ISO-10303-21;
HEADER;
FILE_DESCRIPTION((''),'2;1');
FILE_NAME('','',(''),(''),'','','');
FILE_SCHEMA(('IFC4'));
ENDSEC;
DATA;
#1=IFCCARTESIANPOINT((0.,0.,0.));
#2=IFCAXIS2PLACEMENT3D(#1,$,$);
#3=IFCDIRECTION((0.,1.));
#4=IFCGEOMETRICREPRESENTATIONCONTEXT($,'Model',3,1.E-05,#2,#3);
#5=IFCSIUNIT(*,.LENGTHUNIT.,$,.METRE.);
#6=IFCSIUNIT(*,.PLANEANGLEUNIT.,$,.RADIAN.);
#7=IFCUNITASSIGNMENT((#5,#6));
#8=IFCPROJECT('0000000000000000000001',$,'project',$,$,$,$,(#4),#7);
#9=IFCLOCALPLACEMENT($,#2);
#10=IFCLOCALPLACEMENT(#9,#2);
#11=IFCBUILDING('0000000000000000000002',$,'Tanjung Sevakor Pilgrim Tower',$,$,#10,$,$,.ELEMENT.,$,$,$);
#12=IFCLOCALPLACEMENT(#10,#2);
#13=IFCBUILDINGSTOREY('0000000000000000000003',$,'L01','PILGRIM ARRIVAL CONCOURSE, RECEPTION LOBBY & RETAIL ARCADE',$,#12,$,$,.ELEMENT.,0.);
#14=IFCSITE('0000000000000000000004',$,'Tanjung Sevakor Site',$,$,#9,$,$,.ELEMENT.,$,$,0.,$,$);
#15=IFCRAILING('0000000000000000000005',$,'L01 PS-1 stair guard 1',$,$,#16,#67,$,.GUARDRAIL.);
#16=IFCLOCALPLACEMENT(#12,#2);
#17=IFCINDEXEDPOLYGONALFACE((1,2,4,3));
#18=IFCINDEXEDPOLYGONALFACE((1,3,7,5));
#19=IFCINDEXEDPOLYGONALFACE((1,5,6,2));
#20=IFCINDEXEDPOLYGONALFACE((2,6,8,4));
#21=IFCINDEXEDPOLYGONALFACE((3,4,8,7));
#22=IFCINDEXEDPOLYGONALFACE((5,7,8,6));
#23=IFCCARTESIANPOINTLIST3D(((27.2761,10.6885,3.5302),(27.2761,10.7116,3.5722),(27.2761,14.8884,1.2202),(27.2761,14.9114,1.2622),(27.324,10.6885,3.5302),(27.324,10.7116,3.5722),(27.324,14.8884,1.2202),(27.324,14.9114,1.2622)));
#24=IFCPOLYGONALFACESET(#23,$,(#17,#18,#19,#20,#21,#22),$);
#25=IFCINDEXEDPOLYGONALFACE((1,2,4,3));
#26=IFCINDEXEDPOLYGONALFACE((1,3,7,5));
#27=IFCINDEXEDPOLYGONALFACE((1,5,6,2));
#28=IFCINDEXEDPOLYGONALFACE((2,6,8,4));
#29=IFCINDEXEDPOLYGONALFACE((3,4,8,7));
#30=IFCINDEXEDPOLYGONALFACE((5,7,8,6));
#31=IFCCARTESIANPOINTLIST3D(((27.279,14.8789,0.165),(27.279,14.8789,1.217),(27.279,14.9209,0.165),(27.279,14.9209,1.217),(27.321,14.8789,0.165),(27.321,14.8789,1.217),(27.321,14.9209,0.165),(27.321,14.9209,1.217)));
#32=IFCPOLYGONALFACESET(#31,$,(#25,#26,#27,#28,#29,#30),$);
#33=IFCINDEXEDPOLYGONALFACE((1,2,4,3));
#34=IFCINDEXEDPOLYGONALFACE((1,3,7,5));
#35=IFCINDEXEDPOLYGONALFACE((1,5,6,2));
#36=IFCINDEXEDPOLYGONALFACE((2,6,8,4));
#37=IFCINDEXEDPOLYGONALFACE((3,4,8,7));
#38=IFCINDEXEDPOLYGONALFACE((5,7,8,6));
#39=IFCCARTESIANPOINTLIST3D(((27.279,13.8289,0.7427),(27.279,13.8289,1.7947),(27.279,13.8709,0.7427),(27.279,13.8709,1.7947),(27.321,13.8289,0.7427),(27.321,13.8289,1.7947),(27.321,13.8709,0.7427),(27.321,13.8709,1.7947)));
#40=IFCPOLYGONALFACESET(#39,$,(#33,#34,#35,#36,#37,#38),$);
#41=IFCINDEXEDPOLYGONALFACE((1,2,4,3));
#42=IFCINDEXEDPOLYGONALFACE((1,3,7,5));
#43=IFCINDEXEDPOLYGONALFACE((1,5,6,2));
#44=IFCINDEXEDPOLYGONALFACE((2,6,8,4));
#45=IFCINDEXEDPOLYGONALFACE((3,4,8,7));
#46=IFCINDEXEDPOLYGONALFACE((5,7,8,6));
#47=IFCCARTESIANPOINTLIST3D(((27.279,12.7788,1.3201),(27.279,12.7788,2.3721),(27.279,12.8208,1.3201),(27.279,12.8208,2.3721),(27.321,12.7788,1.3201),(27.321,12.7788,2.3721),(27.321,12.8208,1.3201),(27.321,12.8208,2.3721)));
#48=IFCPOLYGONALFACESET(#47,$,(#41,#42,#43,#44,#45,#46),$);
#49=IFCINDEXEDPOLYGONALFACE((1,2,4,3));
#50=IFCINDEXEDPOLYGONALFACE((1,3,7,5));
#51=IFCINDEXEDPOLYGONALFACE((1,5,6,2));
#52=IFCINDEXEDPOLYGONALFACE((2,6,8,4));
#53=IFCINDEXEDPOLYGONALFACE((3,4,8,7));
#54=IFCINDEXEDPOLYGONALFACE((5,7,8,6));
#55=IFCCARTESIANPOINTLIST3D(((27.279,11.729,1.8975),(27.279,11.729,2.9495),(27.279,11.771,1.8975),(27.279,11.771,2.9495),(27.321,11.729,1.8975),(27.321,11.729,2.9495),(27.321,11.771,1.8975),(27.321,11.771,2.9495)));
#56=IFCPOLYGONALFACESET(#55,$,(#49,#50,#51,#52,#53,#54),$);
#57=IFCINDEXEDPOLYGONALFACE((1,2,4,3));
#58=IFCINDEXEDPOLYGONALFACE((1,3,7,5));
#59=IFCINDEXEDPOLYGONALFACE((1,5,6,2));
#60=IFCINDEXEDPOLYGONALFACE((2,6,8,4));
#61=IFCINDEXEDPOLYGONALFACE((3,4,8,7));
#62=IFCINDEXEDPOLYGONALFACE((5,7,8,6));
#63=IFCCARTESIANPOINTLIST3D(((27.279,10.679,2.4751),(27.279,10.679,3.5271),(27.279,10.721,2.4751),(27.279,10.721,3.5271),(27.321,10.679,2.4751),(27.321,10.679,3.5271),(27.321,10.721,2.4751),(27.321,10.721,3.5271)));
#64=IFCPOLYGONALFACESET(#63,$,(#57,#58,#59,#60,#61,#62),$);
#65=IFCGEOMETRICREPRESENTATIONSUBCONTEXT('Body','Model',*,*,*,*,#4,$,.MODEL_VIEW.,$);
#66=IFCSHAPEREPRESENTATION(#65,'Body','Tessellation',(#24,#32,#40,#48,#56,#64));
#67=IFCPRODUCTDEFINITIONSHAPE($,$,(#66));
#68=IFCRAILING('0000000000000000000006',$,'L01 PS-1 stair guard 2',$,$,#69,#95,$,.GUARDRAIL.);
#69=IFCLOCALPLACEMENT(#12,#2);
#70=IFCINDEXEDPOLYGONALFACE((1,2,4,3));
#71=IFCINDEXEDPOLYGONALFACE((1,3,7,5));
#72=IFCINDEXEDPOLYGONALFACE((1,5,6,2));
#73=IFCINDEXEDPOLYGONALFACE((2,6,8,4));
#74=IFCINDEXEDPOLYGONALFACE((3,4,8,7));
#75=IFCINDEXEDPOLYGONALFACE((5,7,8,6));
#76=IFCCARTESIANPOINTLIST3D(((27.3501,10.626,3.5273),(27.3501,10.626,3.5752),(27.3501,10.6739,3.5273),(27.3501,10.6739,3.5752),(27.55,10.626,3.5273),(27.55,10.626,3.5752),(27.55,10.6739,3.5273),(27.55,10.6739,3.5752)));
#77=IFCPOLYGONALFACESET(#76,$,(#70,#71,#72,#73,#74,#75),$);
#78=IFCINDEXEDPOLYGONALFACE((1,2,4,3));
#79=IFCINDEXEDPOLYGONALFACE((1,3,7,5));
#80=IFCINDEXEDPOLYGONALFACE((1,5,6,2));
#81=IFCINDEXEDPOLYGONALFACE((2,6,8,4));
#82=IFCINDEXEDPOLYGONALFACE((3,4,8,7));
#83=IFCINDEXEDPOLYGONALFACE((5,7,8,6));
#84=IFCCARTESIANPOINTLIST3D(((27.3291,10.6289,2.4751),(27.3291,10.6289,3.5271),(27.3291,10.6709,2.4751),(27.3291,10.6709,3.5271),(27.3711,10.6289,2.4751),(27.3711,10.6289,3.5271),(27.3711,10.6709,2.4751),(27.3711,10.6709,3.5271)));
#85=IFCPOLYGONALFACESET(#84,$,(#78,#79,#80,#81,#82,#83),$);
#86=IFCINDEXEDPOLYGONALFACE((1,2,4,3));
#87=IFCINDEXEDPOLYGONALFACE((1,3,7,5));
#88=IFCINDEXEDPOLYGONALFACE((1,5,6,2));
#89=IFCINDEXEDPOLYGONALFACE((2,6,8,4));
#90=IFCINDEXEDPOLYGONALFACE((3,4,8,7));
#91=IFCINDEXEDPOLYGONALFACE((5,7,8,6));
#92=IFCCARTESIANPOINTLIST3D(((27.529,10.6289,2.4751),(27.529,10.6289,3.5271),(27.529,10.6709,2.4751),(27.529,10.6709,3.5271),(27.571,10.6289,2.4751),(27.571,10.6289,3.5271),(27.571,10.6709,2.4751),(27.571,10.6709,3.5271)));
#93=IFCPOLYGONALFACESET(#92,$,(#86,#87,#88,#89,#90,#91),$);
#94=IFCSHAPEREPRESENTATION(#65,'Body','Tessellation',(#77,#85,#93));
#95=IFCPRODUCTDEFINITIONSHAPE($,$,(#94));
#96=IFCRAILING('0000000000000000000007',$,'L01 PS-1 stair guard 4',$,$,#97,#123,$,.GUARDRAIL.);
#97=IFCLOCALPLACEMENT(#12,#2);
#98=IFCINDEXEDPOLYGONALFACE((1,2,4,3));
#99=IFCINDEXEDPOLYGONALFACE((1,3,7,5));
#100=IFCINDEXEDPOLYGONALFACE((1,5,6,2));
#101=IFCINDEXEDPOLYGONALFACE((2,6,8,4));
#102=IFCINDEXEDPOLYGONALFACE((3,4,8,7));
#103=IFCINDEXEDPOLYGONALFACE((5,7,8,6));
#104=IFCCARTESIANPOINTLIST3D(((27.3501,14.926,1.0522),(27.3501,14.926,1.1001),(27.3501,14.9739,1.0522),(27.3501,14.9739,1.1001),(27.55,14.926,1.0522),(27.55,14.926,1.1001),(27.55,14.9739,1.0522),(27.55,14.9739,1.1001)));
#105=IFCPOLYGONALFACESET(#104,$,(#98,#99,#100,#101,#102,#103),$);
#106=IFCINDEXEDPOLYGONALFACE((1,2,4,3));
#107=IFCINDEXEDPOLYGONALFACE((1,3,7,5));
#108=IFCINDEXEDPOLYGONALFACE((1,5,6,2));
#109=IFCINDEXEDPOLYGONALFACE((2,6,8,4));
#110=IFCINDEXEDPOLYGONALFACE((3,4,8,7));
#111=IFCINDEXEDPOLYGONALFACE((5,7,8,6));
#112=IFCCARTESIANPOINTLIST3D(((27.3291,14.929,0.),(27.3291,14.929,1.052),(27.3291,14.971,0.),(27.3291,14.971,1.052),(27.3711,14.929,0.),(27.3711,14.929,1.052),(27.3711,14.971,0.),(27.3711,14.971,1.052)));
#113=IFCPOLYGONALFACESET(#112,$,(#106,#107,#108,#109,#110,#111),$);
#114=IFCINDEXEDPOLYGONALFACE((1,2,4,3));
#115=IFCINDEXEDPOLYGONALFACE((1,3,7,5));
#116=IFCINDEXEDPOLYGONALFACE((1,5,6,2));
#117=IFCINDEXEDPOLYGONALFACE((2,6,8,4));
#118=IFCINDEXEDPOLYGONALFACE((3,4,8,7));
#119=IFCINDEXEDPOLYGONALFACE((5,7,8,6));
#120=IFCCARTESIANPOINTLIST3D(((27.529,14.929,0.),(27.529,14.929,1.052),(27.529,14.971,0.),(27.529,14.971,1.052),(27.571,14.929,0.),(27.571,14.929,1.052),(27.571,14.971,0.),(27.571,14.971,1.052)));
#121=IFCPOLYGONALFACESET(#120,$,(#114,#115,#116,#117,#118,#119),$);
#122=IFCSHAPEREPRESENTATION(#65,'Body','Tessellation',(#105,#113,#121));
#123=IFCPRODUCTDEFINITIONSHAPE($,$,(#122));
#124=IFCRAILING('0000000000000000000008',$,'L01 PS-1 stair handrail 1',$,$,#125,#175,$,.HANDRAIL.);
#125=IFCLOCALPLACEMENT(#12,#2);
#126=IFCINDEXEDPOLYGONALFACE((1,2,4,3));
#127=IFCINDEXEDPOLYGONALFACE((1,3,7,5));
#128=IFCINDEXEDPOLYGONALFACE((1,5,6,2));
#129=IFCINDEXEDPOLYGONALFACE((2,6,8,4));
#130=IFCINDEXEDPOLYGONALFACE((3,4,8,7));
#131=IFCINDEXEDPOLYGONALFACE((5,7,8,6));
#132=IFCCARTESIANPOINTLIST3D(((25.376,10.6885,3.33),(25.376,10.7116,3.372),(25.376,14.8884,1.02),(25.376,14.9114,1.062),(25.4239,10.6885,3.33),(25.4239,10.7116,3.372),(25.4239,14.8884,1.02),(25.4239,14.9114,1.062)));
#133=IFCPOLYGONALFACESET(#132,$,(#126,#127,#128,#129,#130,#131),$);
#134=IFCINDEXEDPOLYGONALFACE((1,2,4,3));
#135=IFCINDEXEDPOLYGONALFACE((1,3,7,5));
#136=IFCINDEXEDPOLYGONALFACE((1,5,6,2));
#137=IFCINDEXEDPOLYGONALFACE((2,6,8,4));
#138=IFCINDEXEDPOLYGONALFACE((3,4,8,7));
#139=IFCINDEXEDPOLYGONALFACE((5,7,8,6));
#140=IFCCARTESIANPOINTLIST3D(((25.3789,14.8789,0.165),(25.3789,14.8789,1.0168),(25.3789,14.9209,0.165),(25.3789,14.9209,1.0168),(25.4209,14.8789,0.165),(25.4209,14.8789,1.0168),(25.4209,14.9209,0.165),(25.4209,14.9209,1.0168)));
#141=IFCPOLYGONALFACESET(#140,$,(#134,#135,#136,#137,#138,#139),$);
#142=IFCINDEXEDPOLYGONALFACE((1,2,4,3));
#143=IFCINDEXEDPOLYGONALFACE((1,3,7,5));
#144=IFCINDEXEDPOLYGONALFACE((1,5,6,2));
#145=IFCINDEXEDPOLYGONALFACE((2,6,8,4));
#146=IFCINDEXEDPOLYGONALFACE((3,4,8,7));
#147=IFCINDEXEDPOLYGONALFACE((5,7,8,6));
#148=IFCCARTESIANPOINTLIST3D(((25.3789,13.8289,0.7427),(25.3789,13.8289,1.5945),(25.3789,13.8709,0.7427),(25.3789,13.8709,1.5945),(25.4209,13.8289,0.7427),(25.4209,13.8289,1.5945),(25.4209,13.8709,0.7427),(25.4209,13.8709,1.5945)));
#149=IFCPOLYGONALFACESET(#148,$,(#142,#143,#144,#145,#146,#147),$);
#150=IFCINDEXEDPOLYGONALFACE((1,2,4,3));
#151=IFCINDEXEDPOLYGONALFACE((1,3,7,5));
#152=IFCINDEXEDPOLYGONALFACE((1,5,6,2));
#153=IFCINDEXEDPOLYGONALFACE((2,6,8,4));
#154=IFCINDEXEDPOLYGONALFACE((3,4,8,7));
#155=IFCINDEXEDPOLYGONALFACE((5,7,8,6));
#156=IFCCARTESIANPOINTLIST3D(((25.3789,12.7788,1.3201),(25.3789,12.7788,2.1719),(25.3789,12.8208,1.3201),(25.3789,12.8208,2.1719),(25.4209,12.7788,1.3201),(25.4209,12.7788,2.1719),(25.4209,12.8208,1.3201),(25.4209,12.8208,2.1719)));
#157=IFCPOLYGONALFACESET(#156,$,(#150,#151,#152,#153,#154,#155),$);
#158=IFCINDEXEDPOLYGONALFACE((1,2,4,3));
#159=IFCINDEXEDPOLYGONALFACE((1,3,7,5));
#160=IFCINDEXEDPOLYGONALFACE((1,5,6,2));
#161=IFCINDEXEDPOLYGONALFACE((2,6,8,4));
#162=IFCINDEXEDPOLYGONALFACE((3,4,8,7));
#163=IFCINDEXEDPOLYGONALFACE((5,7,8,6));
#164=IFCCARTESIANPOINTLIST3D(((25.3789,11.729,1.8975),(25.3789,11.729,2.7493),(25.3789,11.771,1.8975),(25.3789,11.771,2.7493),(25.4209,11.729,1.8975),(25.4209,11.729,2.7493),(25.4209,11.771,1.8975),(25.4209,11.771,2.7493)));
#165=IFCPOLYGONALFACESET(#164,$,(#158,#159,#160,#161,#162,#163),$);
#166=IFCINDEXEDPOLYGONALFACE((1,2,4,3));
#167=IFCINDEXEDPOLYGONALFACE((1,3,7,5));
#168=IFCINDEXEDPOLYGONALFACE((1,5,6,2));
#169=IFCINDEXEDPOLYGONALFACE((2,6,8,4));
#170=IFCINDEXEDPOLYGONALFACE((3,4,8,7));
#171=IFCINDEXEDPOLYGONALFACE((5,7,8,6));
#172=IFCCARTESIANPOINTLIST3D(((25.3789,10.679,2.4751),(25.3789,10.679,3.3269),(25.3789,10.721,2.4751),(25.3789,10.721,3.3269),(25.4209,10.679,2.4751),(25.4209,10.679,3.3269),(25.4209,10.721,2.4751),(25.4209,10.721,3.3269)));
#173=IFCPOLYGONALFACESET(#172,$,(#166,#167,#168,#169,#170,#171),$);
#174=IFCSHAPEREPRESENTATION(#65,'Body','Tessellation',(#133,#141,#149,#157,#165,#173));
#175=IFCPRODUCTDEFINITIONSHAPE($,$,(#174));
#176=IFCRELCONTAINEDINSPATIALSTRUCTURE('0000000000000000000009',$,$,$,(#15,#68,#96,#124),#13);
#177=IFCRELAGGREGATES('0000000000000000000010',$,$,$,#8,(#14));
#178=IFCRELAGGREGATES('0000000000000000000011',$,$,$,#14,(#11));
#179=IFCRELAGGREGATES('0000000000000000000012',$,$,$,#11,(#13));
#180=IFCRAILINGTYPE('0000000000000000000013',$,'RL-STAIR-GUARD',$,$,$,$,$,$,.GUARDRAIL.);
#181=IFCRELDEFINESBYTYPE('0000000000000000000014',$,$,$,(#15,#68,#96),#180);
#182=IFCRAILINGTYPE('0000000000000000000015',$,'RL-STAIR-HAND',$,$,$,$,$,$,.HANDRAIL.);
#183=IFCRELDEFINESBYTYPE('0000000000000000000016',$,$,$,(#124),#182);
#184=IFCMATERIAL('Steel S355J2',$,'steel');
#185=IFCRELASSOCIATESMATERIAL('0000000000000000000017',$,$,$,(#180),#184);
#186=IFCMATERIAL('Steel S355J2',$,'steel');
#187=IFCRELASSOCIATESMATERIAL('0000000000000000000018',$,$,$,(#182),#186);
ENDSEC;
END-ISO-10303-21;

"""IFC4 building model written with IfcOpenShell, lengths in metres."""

from ifc_helpers import new_model, si_unit, direction, frame, origin, place, context, subcontext, project, spatial, rectangle, extrude, material, type_object, element, save


model = new_model("IFC4")

# Units and contexts
model_context = context("Model", 3, precision=1e-05, world=origin(), true_north=direction((0.0, 1.0)))
body_context = subcontext(model_context, "Body", "Model", "MODEL_VIEW")
ifc_project = project(units=[si_unit("LENGTHUNIT", "METRE"), si_unit("PLANEANGLEUNIT", "RADIAN")], contexts=[model_context])

# Site, building, storey
site_placement = place(None, origin())
site = spatial("IfcSite", under=ifc_project, at=site_placement, Name="Tanjung Sevakor Site", CompositionType="ELEMENT", RefElevation=0.0)
building_placement = place(site_placement, origin())
building = spatial("IfcBuilding", under=site, at=building_placement, Name="Tanjung Sevakor Pilgrim Tower", CompositionType="ELEMENT")
storey_placement = place(building_placement, origin())
storey = spatial("IfcBuildingStorey", under=building, at=storey_placement, Name="L01", Description="PILGRIM ARRIVAL CONCOURSE, RECEPTION LOBBY & RETAIL ARCADE", CompositionType="ELEMENT", Elevation=0.0)

# Railings
ifc_material_1 = material(Name="Steel S355J2", Category="steel")
railing_type_1 = type_object("IfcRailingType", Name="RL-STAIR-GUARD", PredefinedType="GUARDRAIL", material=ifc_material_1)
railing_1_placement = place(storey_placement, frame((27.3, 14.8999, 0.165)))
element("IfcRailing", 1, at=railing_1_placement, inside=storey, type_object=railing_type_1, Name="L01 PS-1 stair guard 1", PredefinedType="GUARDRAIL", context=body_context, shape_type="SweptSolid", body=[
    extrude(rectangle(XDim=0.0479, YDim=0.0479), frame((0.0, 0.0, 1.0762), z_axis=(0.0, -0.876208, 0.481932), x_axis=(1.0, 0.0, 0.0)), (0.0, 0.0, 1.0), 4.7932),
    extrude(rectangle(XDim=0.042, YDim=0.042), origin(), (0.0, 0.0, 1.0), 1.052),
    extrude(rectangle(XDim=0.042, YDim=0.042), frame((0.0, -1.05, 0.5776)), (0.0, 0.0, 1.0), 1.052),
    extrude(rectangle(XDim=0.042, YDim=0.042), frame((0.0, -2.1001, 1.155)), (0.0, 0.0, 1.0), 1.052),
    extrude(rectangle(XDim=0.042, YDim=0.042), frame((0.0, -3.1499, 1.7324)), (0.0, 0.0, 1.0), 1.052),
    extrude(rectangle(XDim=0.042, YDim=0.042), frame((0.0, -4.2, 2.3101)), (0.0, 0.0, 1.0), 1.052),
])
for number, where, name in (
    (2, (27.3501, 10.6499, 2.4751), "L01 PS-1 stair guard 2"),
    (3, (27.3501, 14.95, 0.0), "L01 PS-1 stair guard 4"),
):
    element("IfcRailing", number, at=place(storey_placement, frame(where)), inside=storey, type_object=railing_type_1, Name=name, PredefinedType="GUARDRAIL", context=body_context, shape_type="SweptSolid", body=[
        extrude(rectangle(XDim=0.0479, YDim=0.0479), frame((0.0, 0.0, 1.0762), z_axis=(1.0, 0.0, 0.0), x_axis=(0.0, 1.0, 0.0)), (0.0, 0.0, 1.0), 0.2),
        extrude(rectangle(XDim=0.042, YDim=0.042), origin(), (0.0, 0.0, 1.0), 1.052),
        extrude(rectangle(XDim=0.042, YDim=0.042), frame((0.2, 0.0, 0.0)), (0.0, 0.0, 1.0), 1.052),
    ])
ifc_material_2 = material(Name="Steel S355J2", Category="steel")
railing_type_2 = type_object("IfcRailingType", Name="RL-STAIR-HAND", PredefinedType="HANDRAIL", material=ifc_material_2)
railing_2_placement = place(storey_placement, frame((25.3999, 14.8999, 0.165)))
element("IfcRailing", 4, at=railing_2_placement, inside=storey, type_object=railing_type_2, Name="L01 PS-1 stair handrail 1", PredefinedType="HANDRAIL", context=body_context, shape_type="SweptSolid", body=[
    extrude(rectangle(XDim=0.0479, YDim=0.0479), frame((0.0, 0.0, 0.876), z_axis=(0.0, -0.876208, 0.481932), x_axis=(1.0, 0.0, 0.0)), (0.0, 0.0, 1.0), 4.7932),
    extrude(rectangle(XDim=0.042, YDim=0.042), origin(), (0.0, 0.0, 1.0), 0.8518),
    extrude(rectangle(XDim=0.042, YDim=0.042), frame((0.0, -1.05, 0.5776)), (0.0, 0.0, 1.0), 0.8518),
    extrude(rectangle(XDim=0.042, YDim=0.042), frame((0.0, -2.1001, 1.155)), (0.0, 0.0, 1.0), 0.8518),
    extrude(rectangle(XDim=0.042, YDim=0.042), frame((0.0, -3.1499, 1.7324)), (0.0, 0.0, 1.0), 0.8518),
    extrude(rectangle(XDim=0.042, YDim=0.042), frame((0.0, -4.2, 2.3101)), (0.0, 0.0, 1.0), 0.8518),
])

save(model, "model.ifc")
